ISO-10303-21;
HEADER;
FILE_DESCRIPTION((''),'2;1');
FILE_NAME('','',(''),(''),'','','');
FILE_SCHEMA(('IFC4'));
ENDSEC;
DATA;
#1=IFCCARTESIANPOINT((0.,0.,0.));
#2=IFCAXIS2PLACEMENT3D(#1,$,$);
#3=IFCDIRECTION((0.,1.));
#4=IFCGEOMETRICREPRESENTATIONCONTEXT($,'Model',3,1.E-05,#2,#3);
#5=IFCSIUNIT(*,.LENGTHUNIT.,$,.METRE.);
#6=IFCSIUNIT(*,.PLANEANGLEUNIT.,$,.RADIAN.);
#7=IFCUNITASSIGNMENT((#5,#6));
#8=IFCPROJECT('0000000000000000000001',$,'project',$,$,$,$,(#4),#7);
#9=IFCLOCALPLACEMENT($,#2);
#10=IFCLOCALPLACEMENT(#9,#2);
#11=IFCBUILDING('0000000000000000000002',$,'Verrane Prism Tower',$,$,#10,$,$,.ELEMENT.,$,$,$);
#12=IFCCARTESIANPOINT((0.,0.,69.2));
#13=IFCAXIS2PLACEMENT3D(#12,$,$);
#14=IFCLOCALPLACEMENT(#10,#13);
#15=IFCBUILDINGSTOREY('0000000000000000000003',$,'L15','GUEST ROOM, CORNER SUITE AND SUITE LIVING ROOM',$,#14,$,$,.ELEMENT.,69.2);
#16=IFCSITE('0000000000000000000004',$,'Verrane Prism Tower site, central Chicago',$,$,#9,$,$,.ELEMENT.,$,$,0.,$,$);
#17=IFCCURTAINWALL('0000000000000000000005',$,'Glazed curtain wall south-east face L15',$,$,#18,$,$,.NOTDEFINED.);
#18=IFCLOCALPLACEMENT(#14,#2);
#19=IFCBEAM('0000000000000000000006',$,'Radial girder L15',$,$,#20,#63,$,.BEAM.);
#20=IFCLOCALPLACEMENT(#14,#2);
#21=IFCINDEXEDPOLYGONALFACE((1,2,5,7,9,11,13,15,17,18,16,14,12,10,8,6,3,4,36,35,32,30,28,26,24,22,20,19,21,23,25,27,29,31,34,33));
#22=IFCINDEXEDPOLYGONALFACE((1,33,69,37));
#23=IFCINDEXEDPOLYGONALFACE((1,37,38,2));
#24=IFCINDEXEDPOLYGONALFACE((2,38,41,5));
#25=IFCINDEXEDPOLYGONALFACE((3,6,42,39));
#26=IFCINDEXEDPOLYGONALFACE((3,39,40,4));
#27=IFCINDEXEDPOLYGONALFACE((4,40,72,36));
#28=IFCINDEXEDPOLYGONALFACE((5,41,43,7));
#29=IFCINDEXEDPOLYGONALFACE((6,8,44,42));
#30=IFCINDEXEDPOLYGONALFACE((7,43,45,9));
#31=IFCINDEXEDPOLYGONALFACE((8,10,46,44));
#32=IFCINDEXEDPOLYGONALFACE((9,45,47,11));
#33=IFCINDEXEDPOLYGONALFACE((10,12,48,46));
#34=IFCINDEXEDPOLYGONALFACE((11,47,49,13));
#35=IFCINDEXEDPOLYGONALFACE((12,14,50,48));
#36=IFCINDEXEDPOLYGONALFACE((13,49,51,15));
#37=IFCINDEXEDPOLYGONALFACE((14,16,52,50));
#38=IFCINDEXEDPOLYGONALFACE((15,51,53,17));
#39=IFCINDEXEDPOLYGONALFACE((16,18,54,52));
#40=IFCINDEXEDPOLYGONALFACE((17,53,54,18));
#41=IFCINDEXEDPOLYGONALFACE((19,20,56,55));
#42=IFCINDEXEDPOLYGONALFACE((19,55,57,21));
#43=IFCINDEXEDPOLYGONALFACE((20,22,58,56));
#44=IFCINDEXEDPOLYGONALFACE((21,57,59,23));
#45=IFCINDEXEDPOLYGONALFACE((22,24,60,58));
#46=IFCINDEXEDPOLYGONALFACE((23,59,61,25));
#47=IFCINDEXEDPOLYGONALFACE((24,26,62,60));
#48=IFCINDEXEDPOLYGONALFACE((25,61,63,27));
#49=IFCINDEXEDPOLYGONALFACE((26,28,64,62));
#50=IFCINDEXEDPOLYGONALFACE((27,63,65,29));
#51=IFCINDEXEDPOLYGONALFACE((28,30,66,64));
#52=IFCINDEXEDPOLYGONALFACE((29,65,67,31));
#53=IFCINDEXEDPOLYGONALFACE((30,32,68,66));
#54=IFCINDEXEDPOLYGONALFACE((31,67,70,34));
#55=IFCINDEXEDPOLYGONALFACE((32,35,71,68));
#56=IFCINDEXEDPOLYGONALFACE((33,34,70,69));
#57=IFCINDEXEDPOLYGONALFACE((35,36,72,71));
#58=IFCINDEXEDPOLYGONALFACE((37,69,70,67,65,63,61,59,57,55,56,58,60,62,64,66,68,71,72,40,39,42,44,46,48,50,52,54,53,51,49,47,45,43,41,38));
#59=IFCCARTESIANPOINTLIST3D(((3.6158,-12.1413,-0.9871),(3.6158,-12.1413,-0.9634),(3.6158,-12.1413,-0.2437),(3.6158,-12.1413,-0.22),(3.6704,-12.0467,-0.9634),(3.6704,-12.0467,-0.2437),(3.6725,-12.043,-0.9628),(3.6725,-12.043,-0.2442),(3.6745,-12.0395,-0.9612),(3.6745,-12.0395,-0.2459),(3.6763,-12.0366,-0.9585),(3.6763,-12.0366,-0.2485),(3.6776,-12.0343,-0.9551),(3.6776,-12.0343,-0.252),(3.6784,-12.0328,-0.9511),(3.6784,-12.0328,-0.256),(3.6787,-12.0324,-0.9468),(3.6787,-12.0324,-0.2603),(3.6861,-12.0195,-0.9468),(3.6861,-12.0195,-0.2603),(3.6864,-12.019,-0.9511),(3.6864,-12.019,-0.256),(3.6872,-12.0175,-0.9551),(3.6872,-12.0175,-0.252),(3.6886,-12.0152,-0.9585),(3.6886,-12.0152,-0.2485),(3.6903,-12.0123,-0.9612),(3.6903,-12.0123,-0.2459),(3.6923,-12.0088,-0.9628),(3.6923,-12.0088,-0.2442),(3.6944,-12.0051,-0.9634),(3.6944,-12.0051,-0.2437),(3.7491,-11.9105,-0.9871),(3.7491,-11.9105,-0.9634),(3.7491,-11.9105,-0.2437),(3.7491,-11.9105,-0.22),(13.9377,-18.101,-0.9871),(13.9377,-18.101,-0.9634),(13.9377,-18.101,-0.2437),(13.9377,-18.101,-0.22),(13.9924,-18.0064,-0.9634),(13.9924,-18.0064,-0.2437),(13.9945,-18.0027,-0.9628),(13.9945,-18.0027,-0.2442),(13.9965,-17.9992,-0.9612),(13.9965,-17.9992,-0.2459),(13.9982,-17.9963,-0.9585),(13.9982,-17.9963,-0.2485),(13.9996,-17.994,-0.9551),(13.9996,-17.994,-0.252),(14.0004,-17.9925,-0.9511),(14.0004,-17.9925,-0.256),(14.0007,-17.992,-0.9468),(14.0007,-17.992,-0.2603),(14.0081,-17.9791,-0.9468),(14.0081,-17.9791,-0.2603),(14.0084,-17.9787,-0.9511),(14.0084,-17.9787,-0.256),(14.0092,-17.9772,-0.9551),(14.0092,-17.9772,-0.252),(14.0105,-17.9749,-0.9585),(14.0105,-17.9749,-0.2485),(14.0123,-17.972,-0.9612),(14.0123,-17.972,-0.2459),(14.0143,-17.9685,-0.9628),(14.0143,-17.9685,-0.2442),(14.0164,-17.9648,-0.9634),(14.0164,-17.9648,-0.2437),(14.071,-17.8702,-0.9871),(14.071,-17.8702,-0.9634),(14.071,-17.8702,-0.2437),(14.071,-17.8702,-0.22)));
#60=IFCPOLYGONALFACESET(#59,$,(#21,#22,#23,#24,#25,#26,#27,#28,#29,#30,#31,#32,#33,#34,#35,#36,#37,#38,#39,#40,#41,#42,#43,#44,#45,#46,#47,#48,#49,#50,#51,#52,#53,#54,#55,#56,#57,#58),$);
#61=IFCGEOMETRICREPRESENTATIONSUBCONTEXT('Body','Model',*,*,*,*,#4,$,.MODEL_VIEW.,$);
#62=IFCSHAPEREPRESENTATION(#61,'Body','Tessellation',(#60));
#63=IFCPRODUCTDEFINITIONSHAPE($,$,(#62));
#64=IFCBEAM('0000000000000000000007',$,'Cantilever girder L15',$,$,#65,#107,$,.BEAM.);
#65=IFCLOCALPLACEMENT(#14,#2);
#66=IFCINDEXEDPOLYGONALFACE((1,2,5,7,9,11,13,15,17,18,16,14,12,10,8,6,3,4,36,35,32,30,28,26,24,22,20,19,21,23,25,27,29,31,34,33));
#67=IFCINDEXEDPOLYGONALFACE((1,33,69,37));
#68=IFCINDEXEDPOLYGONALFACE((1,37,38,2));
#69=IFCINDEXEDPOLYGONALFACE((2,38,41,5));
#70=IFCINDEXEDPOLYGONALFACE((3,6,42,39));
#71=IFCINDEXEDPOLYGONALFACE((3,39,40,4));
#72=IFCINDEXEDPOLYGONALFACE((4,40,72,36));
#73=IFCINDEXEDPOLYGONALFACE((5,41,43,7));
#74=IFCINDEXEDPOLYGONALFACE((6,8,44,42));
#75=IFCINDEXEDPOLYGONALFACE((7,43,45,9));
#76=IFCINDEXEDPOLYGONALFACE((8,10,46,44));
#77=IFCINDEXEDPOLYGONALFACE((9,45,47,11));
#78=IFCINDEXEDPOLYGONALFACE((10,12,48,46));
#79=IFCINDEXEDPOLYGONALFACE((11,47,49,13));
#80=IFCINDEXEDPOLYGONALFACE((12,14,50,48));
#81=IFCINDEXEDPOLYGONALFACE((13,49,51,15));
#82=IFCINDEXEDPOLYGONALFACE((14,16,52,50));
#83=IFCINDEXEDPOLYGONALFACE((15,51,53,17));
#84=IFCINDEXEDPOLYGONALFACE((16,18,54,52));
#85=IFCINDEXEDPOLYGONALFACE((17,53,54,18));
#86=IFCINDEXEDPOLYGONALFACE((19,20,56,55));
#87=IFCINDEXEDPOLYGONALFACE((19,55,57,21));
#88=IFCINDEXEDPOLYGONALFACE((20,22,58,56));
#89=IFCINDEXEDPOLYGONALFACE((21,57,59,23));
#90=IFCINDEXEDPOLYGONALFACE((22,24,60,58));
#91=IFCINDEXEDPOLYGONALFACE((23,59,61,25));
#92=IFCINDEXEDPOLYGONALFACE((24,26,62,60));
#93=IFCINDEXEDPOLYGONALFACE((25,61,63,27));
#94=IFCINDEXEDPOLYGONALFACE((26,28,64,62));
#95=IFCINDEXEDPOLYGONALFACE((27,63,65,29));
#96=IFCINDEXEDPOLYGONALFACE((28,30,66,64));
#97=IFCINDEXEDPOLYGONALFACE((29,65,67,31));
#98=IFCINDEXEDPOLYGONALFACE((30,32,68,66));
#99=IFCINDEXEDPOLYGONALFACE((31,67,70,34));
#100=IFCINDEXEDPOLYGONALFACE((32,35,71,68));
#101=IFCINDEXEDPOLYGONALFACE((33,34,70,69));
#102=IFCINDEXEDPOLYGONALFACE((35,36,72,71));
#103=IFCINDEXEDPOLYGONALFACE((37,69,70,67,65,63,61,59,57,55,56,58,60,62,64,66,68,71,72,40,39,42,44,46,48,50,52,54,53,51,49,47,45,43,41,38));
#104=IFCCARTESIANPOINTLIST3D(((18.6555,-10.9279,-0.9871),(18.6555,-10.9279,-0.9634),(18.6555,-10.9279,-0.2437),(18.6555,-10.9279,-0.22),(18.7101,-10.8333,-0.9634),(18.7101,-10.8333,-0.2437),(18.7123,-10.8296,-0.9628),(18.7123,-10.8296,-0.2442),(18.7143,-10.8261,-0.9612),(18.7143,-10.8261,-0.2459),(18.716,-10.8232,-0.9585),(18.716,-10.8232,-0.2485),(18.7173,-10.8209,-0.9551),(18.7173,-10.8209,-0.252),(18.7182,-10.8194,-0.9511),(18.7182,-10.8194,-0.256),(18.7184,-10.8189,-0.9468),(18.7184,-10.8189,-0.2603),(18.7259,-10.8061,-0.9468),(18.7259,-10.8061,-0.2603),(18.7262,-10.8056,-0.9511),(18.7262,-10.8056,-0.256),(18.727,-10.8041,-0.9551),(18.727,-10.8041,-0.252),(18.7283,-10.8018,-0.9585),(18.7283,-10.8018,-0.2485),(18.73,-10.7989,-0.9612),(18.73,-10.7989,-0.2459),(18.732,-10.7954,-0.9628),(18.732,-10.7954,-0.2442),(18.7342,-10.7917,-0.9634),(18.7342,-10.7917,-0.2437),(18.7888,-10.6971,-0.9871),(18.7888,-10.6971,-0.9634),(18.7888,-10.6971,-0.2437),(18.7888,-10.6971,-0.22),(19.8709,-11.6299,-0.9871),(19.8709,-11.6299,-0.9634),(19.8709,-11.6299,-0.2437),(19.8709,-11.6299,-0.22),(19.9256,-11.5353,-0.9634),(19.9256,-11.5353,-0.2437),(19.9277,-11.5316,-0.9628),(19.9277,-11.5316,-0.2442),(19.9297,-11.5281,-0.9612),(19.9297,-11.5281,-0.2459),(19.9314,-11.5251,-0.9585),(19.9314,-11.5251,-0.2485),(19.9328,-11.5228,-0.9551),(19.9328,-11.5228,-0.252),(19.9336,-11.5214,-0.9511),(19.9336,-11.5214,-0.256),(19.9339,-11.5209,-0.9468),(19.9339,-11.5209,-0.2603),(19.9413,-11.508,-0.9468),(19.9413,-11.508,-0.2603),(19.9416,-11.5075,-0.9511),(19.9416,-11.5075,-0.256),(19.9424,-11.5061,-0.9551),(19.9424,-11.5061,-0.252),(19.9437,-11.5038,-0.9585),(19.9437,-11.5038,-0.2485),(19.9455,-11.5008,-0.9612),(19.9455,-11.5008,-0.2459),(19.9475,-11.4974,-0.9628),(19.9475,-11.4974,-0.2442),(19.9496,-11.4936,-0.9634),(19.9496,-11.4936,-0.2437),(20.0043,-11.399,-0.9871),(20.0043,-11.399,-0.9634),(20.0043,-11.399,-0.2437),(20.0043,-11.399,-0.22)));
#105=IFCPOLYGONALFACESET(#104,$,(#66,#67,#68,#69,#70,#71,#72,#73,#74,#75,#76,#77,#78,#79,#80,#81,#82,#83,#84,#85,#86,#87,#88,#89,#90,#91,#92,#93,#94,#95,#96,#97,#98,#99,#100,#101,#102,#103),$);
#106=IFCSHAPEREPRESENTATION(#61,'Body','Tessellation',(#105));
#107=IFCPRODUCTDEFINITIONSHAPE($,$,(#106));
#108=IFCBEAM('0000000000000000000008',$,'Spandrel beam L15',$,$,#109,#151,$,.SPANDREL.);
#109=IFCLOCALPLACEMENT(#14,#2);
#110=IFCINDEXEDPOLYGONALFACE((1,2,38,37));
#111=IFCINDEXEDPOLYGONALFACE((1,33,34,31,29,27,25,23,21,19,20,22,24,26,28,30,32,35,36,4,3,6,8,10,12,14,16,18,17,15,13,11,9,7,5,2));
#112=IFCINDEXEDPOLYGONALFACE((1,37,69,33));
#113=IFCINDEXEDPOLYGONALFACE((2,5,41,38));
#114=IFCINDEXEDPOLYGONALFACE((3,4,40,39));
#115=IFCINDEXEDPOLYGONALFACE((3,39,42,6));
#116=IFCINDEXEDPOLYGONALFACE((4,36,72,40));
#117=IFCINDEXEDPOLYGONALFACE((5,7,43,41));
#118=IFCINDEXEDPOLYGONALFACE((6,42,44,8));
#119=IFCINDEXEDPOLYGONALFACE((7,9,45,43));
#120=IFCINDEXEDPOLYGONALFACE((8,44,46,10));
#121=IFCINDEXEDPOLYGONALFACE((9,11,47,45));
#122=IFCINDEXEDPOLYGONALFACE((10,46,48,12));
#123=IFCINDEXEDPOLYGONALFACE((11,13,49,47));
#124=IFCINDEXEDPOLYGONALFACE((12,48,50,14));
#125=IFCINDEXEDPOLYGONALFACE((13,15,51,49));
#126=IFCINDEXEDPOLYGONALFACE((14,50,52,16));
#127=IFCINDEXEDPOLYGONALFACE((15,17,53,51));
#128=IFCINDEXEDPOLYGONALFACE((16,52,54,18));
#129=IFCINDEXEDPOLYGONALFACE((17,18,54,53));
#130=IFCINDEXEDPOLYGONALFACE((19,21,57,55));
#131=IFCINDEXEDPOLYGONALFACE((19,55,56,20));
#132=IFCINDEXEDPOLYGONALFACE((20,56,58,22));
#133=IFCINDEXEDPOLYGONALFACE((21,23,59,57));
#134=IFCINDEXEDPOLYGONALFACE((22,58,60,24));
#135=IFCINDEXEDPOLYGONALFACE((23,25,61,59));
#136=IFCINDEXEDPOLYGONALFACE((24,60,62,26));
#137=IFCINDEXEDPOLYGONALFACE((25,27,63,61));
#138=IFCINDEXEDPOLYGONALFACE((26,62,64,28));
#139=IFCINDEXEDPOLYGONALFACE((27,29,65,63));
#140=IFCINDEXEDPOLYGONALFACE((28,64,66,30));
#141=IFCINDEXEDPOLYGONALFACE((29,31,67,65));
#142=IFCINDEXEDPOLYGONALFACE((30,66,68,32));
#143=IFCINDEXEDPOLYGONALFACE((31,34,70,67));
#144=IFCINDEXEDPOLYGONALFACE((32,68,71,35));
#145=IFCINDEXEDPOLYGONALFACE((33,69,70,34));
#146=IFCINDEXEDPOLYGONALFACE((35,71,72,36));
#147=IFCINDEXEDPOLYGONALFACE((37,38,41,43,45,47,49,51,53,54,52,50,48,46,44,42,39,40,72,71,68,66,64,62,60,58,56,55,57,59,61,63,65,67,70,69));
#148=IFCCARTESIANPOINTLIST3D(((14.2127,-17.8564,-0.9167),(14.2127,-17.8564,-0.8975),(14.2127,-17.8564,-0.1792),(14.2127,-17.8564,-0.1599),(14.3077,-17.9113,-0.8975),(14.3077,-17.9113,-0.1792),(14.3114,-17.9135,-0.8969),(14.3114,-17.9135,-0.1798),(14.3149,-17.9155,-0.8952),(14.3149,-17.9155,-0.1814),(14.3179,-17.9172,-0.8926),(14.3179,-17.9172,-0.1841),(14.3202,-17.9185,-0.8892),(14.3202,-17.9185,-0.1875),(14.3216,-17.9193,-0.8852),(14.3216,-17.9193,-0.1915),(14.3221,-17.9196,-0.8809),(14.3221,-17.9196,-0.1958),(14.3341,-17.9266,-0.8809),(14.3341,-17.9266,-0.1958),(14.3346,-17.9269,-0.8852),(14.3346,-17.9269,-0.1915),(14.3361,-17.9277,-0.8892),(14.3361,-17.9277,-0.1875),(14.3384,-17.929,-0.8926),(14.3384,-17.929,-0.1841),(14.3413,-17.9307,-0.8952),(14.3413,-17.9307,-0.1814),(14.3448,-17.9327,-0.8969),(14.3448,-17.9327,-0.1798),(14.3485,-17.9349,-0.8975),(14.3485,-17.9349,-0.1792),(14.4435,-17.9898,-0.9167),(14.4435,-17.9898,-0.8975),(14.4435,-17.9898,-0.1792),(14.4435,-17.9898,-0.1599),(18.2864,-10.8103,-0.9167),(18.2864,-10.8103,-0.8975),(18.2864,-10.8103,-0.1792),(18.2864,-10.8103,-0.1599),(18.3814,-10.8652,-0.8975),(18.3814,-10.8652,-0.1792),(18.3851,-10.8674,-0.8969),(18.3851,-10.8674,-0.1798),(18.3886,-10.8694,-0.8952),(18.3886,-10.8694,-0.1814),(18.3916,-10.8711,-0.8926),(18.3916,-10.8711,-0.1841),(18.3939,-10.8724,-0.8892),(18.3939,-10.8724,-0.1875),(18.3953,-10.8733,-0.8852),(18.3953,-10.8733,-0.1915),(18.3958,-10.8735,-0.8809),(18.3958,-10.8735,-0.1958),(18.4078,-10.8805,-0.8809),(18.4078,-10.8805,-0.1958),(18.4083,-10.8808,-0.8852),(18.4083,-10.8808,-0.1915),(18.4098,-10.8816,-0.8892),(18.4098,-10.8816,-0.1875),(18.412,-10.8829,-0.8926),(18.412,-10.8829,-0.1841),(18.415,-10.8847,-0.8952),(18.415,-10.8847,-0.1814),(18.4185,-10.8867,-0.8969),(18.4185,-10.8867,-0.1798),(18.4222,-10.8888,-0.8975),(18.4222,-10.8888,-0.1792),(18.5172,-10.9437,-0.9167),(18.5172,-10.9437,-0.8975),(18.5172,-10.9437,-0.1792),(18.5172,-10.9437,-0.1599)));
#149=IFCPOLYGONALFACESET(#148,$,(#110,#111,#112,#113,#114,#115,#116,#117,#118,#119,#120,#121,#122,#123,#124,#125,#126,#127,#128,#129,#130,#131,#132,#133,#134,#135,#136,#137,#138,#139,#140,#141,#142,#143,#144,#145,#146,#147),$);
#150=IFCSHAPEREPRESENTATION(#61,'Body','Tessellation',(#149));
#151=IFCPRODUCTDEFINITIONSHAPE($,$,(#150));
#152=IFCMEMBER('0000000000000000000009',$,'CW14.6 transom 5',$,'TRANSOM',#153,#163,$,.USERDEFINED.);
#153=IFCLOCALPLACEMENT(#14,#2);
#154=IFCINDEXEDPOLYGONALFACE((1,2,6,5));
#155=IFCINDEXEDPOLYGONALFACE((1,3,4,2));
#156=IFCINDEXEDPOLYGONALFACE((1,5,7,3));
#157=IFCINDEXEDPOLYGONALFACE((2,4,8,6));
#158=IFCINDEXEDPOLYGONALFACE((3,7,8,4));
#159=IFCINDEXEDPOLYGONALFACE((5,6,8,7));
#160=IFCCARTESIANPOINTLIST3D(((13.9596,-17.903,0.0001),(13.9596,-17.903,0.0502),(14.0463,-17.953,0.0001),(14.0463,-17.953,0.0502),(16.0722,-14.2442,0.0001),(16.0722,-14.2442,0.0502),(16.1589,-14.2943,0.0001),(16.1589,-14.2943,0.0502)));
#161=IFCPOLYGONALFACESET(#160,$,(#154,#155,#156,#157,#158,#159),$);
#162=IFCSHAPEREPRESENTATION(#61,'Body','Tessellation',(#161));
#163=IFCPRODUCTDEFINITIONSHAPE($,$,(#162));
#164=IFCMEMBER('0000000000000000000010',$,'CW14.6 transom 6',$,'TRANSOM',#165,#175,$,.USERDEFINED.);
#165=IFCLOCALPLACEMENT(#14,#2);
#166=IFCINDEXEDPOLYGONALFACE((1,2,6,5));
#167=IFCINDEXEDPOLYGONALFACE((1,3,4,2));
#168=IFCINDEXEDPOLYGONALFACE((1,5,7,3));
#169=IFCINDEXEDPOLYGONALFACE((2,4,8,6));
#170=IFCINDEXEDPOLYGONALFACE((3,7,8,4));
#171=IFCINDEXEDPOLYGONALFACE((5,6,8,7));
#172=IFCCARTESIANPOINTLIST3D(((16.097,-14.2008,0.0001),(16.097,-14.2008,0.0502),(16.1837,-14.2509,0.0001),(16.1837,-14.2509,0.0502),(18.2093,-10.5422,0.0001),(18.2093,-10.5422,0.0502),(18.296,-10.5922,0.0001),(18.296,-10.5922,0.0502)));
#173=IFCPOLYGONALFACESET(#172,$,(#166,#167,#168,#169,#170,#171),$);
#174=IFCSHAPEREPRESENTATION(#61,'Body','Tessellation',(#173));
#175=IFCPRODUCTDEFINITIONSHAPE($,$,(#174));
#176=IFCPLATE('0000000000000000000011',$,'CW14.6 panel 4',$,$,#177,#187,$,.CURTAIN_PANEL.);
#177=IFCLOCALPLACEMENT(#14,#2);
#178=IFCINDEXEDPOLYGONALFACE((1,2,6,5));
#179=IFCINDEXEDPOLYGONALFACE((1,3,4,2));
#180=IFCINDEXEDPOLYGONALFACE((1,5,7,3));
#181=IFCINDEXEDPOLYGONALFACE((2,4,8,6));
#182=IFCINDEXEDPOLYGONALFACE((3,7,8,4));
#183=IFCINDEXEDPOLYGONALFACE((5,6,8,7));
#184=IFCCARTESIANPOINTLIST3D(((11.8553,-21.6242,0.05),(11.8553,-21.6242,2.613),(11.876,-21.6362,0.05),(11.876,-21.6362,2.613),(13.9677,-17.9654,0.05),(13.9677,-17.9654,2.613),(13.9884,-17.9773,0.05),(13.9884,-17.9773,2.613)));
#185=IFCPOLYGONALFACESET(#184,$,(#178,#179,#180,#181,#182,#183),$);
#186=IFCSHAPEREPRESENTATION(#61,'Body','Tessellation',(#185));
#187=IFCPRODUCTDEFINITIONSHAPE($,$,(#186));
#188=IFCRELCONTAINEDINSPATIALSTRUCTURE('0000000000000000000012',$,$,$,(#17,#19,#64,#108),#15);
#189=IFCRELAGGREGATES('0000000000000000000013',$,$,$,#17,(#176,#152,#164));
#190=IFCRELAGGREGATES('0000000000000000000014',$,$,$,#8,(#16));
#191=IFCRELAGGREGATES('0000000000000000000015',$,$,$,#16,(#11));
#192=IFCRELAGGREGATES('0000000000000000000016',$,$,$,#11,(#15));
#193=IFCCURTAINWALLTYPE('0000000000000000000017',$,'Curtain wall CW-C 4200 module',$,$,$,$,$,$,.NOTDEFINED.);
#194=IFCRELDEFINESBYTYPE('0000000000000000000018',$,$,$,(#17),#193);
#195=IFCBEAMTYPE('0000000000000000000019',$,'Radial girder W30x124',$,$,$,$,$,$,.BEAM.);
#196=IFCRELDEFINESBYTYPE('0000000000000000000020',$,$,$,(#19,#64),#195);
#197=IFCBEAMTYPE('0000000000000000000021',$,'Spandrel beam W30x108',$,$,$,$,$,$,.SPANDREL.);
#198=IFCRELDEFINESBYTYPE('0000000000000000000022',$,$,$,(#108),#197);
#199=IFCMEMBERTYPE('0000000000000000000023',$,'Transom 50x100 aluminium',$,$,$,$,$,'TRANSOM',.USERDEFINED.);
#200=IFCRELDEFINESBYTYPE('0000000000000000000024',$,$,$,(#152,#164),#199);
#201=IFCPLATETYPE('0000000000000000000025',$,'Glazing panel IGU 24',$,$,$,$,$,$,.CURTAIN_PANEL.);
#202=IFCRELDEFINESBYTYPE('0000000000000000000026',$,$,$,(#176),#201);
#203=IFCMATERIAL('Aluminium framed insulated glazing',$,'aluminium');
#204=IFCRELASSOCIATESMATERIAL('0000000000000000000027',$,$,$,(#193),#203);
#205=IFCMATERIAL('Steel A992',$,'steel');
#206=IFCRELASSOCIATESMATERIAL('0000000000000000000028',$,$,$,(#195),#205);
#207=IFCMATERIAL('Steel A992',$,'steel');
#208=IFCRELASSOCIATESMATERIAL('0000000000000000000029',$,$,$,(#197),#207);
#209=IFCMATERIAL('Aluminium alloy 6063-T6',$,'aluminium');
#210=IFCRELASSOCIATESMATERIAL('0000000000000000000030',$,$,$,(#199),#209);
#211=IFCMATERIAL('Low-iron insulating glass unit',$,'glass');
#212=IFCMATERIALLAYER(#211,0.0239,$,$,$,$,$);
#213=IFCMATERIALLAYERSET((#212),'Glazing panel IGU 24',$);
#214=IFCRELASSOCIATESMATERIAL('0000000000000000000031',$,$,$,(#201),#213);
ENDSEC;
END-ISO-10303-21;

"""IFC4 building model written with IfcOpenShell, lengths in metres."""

from ifc_helpers import new_model, si_unit, direction, frame, origin, origin_2d, place, context, subcontext, project, spatial, rectangle, i_section, extrude, material, layer, layer_set, material_profile, profile_set, type_object, element, aggregate, save


model = new_model("IFC4")

# Units and contexts
model_context = context("Model", 3, precision=1e-05, world=origin(), true_north=direction((0.0, 1.0)))
body_context = subcontext(model_context, "Body", "Model", "MODEL_VIEW")
ifc_project = project(units=[si_unit("LENGTHUNIT", "METRE"), si_unit("PLANEANGLEUNIT", "RADIAN")], contexts=[model_context])

# Site, building, storey
site_placement = place(None, origin())
site = spatial("IfcSite", under=ifc_project, at=site_placement, Name="Verrane Prism Tower site, central Chicago", CompositionType="ELEMENT", RefElevation=0.0)
building_placement = place(site_placement, origin())
building = spatial("IfcBuilding", under=site, at=building_placement, Name="Verrane Prism Tower", CompositionType="ELEMENT")
storey_placement = place(building_placement, frame((0.0, 0.0, 69.2)))
storey = spatial("IfcBuildingStorey", under=building, at=storey_placement, Name="L15", Description="GUEST ROOM, CORNER SUITE AND SUITE LIVING ROOM", CompositionType="ELEMENT", Elevation=69.2)

# Curtain wall
ifc_material_1 = material(Name="Aluminium framed insulated glazing", Category="aluminium")
curtain_wall_type = type_object("IfcCurtainWallType", Name="Curtain wall CW-C 4200 module", PredefinedType="NOTDEFINED", material=ifc_material_1)
curtain_wall_placement = place(storey_placement, origin())
curtain_wall = element("IfcCurtainWall", 1, at=curtain_wall_placement, inside=storey, type_object=curtain_wall_type, Name="Glazed curtain wall south-east face L15", PredefinedType="NOTDEFINED")

# Beams
ifc_material_2 = material(Name="Steel A992", Category="steel")
ifc_material_profile_1 = material_profile(ifc_material_2, i_section(OverallWidth=0.2666, OverallDepth=0.7671, WebThickness=0.0149, FlangeThickness=0.0237, FilletRadius=0.0166, at=origin_2d()), Name="W30x124")
ifc_profile_set_1 = profile_set([ifc_material_profile_1], Name="Steel A992")
beam_type_1 = type_object("IfcBeamType", Name="Radial girder W30x124", PredefinedType="BEAM", material=ifc_profile_set_1)
beam_1_placement = place(storey_placement, frame((14.0044, -17.9856, -0.6035), z_axis=(-0.866015, 0.500019, 0.0), x_axis=(-0.500019, -0.866015, 0.0)))
element("IfcBeam", 2, at=beam_1_placement, inside=storey, type_object=beam_type_1, Name="Radial girder L15", PredefinedType="BEAM", context=body_context, shape_type="SweptSolid", body=[
    extrude(i_section(OverallWidth=0.2666, OverallDepth=0.7671, WebThickness=0.0149, FlangeThickness=0.0237, FilletRadius=0.0166, at=origin_2d()), origin(), (0.0, 0.0, 1.0), 11.9189),
])
beam_2_placement = place(storey_placement, frame((18.7222, -10.8125, -0.6035), z_axis=(0.865954, -0.500124, 0.0), x_axis=(0.500124, 0.865954, 0.0)))
element("IfcBeam", 3, at=beam_2_placement, inside=storey, type_object=beam_type_1, Name="Cantilever girder L15", PredefinedType="BEAM", context=body_context, shape_type="SweptSolid", body=[
    extrude(i_section(OverallWidth=0.2666, OverallDepth=0.7671, WebThickness=0.0149, FlangeThickness=0.0237, FilletRadius=0.0166, at=origin_2d()), origin(), (0.0, 0.0, 1.0), 1.4036),
])
ifc_material_3 = material(Name="Steel A992", Category="steel")
ifc_material_profile_2 = material_profile(ifc_material_3, i_section(OverallWidth=0.2666, OverallDepth=0.7568, WebThickness=0.0139, FlangeThickness=0.0193, FilletRadius=0.0166, at=origin_2d()), Name="W30x108")
ifc_profile_set_2 = profile_set([ifc_material_profile_2], Name="Steel A992")
beam_type_2 = type_object("IfcBeamType", Name="Spandrel beam W30x108", PredefinedType="SPANDREL", material=ifc_profile_set_2)
beam_3_placement = place(storey_placement, frame((14.3281, -17.9231, -0.5383), z_axis=(0.500519, 0.865725, 0.0), x_axis=(-0.865725, 0.500519, 0.0)))
element("IfcBeam", 4, at=beam_3_placement, inside=storey, type_object=beam_type_2, Name="Spandrel beam L15", PredefinedType="SPANDREL", context=body_context, shape_type="SweptSolid", body=[
    extrude(i_section(OverallWidth=0.2666, OverallDepth=0.7568, WebThickness=0.0139, FlangeThickness=0.0193, FilletRadius=0.0166, at=origin_2d()), origin(), (0.0, 0.0, 1.0), 8.1389),
])

# Members
ifc_material_4 = material(Name="Aluminium alloy 6063-T6", Category="aluminium")
ifc_material_profile_3 = material_profile(ifc_material_4, rectangle(XDim=0.1001, YDim=0.05, at=origin_2d()), Name="Transom 50x100 aluminium")
ifc_profile_set_3 = profile_set([ifc_material_profile_3], Name="Aluminium alloy 6063-T6")
member_type_1 = type_object("IfcMemberType", Name="Transom 50x100 aluminium", ElementType="TRANSOM", PredefinedType="USERDEFINED", material=ifc_profile_set_3)
member_1_placement = place(storey_placement, frame((14.0029, -17.928, 0.0251), z_axis=(0.500036, 0.866005, 0.0), x_axis=(-0.866005, 0.500036, 0.0)))
member_1 = element("IfcMember", 5, at=member_1_placement, type_object=member_type_1, Name="CW14.6 transom 5", ObjectType="TRANSOM", PredefinedType="USERDEFINED", context=body_context, shape_type="SweptSolid", body=[
    extrude(rectangle(XDim=0.1001, YDim=0.05, at=origin_2d()), origin(), (0.0, 0.0, 1.0), 4.2249),
])
member_2_placement = place(storey_placement, frame((16.1404, -14.2258, 0.0251), z_axis=(0.499993, 0.86603, 0.0), x_axis=(-0.86603, 0.499993, 0.0)))
member_2 = element("IfcMember", 6, at=member_2_placement, type_object=member_type_1, Name="CW14.6 transom 6", ObjectType="TRANSOM", PredefinedType="USERDEFINED", context=body_context, shape_type="SweptSolid", body=[
    extrude(rectangle(XDim=0.1001, YDim=0.05, at=origin_2d()), origin(), (0.0, 0.0, 1.0), 4.2246),
])

# Plate
ifc_material_5 = material(Name="Low-iron insulating glass unit", Category="glass")
ifc_layer_1 = layer(ifc_material_5, 0.0239)
ifc_layer_set_1 = layer_set([ifc_layer_1], Name="Glazing panel IGU 24")
plate_type = type_object("IfcPlateType", Name="Glazing panel IGU 24", PredefinedType="CURTAIN_PANEL", material=ifc_layer_set_1)
plate_1_placement = place(storey_placement, frame((12.9219, -19.8008, 0.05), z_axis=(0.0, 0.0, 1.0), x_axis=(0.5, 0.866025, 0.0)))
plate_1 = element("IfcPlate", 7, at=plate_1_placement, type_object=plate_type, Name="CW14.6 panel 4", PredefinedType="CURTAIN_PANEL", context=body_context, shape_type="SweptSolid", body=[
    extrude(rectangle(XDim=4.2249, YDim=0.0239, at=origin_2d()), origin(), (0.0, 0.0, 1.0), 2.563),
])
aggregate(curtain_wall, [plate_1, member_1, member_2])

save(model, "model.ifc")
